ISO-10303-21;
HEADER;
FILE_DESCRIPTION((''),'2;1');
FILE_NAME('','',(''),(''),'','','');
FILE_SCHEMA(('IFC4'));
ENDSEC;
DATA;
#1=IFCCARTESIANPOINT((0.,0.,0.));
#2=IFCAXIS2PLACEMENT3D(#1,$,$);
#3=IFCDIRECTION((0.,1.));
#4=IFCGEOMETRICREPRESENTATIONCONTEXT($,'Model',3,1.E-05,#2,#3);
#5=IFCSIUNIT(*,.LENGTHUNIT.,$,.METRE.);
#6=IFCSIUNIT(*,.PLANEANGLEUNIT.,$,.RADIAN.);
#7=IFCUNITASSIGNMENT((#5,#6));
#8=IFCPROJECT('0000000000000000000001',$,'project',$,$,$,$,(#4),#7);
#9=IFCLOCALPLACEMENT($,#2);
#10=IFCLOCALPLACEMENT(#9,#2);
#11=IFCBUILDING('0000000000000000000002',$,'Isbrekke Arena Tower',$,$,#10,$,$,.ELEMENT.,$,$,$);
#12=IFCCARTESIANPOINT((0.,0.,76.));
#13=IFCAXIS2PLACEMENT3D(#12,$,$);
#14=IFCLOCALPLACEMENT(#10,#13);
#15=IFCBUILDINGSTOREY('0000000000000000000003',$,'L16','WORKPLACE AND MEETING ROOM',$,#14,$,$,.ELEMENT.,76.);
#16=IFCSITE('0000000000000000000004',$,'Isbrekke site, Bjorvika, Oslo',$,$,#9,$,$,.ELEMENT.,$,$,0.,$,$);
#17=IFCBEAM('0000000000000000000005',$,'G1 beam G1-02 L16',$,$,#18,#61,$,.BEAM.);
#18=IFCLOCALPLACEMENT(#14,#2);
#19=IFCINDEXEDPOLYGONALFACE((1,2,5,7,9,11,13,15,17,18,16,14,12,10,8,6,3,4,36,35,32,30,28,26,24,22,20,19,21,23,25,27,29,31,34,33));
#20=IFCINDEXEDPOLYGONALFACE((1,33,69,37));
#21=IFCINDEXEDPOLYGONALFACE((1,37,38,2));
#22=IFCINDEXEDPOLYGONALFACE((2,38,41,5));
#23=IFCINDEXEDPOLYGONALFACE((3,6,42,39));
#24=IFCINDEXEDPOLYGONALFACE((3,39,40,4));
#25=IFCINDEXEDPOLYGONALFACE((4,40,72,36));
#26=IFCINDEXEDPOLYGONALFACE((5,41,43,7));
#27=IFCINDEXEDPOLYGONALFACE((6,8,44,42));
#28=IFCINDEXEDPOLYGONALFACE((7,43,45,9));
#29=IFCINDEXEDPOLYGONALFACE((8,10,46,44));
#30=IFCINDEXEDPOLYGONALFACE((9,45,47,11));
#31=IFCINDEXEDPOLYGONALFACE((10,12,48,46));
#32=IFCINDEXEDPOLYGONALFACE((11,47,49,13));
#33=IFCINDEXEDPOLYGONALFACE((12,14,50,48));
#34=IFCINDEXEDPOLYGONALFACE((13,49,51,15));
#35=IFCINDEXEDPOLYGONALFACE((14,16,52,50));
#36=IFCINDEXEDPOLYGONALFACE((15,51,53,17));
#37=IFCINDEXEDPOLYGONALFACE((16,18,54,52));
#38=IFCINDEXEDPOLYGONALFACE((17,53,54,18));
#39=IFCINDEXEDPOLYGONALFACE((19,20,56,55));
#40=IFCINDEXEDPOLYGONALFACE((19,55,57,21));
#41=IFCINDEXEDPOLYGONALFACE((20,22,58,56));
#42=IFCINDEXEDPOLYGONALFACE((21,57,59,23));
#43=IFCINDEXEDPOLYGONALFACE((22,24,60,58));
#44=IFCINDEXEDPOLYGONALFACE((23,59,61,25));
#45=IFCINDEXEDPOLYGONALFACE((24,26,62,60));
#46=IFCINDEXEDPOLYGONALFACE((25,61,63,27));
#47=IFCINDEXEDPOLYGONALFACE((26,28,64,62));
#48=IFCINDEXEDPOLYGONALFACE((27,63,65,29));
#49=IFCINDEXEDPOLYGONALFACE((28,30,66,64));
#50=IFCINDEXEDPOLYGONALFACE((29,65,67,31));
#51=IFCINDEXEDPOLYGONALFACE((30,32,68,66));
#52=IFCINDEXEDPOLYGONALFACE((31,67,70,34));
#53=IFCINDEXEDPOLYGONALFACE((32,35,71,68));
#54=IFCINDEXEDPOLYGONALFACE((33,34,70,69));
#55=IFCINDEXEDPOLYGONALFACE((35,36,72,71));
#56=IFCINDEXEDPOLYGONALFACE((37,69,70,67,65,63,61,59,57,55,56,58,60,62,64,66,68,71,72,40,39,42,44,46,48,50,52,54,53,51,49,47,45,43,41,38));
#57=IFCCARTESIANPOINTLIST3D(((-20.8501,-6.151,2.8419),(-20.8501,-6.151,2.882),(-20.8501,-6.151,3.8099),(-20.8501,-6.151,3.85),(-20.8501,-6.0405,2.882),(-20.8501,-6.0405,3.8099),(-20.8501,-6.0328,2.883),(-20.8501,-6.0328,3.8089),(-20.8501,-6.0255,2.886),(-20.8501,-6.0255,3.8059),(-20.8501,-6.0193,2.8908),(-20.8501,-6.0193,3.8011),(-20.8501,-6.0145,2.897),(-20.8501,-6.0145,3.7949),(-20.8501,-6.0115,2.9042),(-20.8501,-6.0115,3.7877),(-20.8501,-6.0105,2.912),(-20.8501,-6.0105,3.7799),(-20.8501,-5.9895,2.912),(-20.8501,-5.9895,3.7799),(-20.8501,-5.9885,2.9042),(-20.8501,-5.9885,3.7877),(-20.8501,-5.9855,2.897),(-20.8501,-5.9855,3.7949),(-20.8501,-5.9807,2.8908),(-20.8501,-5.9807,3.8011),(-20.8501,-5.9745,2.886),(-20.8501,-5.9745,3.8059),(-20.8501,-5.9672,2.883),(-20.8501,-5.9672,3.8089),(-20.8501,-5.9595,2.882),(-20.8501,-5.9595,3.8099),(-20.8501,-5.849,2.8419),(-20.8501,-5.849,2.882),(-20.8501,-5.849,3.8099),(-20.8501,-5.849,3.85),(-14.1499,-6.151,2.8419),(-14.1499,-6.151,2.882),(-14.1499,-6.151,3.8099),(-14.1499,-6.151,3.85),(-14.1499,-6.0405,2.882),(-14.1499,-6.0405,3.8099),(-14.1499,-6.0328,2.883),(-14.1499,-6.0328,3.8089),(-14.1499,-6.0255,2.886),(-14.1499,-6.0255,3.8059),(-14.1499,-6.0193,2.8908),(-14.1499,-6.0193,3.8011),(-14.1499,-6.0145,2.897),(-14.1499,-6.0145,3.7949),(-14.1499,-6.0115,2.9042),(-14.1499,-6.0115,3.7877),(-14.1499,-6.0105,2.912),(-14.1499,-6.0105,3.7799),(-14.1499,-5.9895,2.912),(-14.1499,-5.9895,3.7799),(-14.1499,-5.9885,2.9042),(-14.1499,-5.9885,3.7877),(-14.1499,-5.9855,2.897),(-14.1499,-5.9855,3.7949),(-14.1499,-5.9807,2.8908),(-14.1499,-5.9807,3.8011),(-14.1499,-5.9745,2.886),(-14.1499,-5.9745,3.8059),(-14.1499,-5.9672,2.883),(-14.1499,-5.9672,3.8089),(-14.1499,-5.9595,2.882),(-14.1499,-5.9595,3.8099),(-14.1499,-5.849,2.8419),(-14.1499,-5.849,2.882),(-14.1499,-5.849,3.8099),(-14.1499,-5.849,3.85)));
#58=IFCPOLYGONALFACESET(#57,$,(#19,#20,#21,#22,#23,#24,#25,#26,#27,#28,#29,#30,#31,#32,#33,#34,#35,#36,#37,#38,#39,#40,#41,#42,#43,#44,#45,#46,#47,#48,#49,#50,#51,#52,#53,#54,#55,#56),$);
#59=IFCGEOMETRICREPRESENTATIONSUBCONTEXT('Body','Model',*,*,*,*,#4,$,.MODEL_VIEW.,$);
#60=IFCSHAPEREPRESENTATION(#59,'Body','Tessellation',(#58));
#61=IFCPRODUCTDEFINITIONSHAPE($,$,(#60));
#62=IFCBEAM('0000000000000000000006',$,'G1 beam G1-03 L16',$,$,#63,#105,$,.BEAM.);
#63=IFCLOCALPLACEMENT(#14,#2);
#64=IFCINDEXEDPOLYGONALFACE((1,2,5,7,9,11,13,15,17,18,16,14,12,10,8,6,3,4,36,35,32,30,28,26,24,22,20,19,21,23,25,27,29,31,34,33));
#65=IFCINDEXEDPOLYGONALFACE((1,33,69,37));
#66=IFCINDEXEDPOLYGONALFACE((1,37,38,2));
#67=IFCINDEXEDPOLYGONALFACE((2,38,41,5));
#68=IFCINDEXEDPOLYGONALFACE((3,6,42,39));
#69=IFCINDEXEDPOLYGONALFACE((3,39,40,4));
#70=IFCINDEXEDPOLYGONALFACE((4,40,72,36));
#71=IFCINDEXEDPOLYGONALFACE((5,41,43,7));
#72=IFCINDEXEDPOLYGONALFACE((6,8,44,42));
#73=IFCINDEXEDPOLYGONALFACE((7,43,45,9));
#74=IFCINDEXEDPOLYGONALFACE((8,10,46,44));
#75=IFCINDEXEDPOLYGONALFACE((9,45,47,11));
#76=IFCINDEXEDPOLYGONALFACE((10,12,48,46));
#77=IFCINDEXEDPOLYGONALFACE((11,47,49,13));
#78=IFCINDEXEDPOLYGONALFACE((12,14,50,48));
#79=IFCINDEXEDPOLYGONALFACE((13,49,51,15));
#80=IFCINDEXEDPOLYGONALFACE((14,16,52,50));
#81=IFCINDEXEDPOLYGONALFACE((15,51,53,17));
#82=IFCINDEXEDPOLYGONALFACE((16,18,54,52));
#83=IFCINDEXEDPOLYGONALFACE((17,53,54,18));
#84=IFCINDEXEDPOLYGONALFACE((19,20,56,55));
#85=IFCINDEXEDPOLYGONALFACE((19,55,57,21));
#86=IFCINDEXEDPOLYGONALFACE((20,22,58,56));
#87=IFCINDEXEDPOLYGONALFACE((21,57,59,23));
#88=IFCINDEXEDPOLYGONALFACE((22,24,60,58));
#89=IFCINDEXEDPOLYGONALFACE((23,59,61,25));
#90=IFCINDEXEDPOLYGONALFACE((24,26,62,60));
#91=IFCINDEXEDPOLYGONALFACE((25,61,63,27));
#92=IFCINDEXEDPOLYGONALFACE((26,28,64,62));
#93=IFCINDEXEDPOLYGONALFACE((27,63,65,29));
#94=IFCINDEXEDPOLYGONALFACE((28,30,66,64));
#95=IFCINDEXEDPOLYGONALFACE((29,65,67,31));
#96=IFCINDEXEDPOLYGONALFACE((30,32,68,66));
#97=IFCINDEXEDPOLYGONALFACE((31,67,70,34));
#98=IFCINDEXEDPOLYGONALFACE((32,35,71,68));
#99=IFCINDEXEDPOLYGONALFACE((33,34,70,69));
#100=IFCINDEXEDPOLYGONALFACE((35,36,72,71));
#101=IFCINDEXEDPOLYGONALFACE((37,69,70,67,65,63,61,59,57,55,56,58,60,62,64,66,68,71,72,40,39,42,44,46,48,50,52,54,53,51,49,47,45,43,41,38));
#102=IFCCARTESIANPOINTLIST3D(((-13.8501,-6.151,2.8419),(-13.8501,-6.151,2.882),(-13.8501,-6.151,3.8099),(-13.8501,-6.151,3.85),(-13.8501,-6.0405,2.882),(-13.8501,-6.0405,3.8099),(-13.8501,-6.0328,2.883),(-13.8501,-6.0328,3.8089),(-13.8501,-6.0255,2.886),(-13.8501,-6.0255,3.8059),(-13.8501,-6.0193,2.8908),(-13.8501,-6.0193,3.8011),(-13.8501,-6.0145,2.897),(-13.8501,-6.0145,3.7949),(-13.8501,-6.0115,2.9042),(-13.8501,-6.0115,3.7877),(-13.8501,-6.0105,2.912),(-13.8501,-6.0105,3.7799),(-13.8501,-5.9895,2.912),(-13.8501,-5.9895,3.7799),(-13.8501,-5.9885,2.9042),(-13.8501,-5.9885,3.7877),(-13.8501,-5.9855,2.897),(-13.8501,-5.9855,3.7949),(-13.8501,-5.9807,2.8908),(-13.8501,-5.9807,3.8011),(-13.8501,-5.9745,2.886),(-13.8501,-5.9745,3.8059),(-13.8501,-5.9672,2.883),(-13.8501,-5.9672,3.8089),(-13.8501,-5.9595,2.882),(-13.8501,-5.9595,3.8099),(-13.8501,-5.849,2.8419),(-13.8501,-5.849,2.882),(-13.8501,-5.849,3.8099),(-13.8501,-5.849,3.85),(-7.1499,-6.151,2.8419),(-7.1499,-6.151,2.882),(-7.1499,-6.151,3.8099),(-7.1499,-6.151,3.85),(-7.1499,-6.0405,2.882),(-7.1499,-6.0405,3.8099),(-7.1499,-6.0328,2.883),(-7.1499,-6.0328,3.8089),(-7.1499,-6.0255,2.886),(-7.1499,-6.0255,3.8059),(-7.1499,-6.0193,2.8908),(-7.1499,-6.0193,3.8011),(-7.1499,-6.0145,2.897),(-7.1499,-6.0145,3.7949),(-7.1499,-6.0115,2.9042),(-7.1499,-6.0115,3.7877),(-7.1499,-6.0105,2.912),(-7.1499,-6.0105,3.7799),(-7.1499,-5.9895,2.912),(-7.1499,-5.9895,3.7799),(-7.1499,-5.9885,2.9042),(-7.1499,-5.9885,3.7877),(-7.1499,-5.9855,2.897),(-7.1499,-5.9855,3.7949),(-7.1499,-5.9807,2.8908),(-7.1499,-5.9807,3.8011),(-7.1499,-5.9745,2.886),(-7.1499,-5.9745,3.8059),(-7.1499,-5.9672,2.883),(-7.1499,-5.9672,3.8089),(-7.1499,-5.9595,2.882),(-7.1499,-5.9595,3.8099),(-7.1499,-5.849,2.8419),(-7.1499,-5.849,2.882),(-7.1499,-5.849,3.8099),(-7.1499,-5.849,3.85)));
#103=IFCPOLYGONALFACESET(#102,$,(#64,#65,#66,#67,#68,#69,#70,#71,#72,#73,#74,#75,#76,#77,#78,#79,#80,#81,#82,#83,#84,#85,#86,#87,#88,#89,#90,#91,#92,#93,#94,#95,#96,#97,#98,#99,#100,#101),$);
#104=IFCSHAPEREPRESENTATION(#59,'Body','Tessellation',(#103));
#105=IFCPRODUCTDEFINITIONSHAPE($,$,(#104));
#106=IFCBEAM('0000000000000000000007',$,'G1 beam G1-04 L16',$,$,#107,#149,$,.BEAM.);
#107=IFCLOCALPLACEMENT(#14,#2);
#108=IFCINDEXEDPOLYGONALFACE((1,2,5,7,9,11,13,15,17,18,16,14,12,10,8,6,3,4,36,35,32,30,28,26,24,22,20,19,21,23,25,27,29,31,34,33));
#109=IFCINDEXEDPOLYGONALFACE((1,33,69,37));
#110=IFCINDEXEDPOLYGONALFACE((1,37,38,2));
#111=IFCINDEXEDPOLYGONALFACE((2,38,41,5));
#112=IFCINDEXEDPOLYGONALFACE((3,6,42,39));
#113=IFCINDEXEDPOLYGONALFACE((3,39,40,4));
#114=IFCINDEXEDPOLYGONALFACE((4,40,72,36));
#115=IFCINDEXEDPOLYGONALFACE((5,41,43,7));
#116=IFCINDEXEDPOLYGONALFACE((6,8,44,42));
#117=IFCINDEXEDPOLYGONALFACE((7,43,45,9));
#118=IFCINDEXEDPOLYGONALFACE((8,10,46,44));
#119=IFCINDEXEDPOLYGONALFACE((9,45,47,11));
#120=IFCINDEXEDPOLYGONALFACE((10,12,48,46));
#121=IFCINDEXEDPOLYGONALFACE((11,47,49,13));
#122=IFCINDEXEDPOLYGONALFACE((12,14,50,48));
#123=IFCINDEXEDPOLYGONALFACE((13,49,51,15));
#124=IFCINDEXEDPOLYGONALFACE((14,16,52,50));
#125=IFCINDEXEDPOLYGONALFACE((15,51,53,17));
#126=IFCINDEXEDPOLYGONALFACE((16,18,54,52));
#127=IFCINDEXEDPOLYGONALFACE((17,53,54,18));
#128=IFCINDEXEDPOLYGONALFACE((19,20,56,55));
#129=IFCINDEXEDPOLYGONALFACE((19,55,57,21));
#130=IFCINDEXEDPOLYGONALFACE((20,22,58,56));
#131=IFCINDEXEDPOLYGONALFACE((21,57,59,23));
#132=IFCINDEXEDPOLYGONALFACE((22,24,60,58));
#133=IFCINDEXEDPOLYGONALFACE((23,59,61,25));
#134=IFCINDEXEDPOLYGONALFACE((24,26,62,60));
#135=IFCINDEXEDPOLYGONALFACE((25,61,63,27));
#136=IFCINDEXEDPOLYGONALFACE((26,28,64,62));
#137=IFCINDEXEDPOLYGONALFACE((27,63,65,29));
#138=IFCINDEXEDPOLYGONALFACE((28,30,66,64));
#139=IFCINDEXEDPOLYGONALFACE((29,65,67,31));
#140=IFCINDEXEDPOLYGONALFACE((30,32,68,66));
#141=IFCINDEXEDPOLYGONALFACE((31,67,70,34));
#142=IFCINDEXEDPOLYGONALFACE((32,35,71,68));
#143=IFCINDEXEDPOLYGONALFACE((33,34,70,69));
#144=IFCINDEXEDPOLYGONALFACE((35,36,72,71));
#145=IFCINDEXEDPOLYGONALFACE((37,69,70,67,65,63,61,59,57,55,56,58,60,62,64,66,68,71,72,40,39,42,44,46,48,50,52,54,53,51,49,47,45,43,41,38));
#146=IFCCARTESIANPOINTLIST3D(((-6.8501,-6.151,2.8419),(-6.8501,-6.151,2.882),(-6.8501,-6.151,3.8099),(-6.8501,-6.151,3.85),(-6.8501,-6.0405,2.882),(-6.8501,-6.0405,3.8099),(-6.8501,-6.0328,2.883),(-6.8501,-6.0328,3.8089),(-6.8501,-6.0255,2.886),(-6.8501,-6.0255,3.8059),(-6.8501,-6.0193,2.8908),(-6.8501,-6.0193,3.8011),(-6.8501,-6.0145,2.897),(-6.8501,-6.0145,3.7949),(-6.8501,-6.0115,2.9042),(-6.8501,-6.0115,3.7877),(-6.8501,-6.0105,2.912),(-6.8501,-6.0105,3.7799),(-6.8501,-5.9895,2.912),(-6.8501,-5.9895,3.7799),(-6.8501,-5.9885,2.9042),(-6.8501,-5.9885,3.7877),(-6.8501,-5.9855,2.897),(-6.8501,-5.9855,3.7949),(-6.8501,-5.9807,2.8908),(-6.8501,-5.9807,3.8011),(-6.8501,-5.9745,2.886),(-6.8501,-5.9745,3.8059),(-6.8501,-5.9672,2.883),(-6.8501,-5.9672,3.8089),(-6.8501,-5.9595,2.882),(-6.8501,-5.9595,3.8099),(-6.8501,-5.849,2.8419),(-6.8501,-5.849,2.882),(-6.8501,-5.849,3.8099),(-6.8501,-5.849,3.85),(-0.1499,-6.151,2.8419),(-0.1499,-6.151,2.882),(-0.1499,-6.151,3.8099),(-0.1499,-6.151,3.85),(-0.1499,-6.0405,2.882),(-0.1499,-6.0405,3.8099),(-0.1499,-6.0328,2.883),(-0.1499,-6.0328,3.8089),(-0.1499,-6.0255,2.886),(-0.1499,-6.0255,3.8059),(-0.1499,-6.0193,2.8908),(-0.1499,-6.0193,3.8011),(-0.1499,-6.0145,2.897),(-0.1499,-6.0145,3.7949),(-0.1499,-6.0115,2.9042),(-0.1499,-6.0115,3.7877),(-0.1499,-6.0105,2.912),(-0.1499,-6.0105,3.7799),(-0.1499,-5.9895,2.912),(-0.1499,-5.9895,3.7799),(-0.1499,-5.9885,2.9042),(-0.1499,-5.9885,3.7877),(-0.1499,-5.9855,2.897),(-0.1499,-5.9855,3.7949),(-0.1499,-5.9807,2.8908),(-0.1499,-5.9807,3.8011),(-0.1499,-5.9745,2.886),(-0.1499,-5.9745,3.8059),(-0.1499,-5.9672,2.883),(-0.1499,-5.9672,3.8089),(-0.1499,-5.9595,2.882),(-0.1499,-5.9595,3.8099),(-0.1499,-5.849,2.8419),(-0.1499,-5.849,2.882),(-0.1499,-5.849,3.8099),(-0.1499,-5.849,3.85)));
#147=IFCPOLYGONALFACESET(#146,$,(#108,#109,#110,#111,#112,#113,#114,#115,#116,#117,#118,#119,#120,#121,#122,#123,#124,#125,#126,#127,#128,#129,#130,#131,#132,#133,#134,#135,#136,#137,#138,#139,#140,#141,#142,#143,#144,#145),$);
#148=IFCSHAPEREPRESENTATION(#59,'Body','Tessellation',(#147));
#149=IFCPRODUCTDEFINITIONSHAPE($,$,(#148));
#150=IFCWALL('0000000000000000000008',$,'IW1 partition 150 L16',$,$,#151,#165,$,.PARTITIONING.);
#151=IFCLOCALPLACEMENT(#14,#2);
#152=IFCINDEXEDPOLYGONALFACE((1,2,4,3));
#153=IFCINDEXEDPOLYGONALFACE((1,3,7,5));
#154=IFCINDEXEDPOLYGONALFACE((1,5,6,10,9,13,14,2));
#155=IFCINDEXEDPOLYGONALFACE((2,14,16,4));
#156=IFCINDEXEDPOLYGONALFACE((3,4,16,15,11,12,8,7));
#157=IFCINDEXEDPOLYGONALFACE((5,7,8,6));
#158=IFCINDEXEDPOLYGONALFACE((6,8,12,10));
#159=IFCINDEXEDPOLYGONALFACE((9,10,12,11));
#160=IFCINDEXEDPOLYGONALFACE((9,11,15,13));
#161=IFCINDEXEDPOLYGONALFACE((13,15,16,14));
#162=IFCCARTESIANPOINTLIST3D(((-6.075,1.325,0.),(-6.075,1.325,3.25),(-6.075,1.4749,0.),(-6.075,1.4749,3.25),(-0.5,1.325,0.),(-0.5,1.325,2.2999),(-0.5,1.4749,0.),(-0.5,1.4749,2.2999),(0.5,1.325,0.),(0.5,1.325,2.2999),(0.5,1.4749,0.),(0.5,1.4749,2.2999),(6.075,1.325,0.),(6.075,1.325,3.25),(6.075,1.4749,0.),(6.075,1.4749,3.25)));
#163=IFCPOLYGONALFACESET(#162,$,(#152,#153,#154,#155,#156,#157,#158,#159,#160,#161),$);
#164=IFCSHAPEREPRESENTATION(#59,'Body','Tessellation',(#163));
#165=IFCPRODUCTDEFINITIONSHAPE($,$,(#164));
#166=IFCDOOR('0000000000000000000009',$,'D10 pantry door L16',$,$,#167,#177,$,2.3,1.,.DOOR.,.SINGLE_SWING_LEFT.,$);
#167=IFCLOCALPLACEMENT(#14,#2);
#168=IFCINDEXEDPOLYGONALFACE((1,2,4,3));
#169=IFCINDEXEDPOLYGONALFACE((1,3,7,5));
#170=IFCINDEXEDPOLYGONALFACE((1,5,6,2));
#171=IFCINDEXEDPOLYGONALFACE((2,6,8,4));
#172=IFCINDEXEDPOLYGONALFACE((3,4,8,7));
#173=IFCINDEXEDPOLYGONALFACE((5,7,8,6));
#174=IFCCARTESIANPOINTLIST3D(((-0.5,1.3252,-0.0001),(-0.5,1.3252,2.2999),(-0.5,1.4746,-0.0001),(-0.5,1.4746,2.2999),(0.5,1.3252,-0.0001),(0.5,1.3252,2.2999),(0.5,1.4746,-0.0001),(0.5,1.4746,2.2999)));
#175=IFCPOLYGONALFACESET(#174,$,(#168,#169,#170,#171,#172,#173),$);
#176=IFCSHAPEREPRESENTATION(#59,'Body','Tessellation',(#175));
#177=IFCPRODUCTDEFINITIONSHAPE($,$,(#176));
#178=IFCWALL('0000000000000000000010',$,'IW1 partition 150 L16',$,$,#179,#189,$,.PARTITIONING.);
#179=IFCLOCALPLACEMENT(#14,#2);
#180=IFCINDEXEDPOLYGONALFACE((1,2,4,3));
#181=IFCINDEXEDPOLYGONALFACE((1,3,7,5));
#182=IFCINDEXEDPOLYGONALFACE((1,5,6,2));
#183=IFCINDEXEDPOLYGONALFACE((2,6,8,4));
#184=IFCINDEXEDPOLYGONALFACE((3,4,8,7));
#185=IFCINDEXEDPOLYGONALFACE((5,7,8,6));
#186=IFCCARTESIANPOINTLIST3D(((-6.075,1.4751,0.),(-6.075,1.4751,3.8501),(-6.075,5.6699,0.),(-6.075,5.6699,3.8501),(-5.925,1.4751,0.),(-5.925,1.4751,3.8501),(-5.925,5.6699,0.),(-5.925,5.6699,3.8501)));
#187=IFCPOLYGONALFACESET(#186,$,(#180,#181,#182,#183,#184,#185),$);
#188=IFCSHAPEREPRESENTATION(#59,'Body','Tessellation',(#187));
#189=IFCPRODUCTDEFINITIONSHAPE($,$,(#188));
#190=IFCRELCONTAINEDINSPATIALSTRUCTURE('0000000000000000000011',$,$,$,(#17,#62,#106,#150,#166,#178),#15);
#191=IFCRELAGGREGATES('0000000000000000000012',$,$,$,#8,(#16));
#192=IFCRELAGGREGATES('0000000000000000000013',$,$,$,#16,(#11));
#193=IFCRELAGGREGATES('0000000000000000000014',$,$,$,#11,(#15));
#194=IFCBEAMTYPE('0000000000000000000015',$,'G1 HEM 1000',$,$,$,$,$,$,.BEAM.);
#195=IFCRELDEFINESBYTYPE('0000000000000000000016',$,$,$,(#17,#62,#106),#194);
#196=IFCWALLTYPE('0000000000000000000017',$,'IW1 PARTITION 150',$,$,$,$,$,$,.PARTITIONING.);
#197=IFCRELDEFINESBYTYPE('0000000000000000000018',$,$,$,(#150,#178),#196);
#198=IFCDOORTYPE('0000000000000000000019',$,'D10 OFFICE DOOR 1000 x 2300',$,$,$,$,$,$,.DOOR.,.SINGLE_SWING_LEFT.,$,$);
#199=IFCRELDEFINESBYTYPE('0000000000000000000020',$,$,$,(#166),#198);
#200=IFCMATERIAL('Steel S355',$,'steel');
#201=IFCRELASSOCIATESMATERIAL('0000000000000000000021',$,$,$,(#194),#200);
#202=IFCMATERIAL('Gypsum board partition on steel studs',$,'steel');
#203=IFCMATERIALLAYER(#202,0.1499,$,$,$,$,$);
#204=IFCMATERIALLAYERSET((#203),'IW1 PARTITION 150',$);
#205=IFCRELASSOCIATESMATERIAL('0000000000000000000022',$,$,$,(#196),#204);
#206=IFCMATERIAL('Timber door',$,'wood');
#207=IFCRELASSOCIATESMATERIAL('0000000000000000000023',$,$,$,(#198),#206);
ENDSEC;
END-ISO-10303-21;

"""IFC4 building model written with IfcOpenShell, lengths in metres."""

from ifc_helpers import new_model, si_unit, direction, frame, frame_2d, origin, origin_2d, place, context, subcontext, project, spatial, rectangle, i_section, extrude, material, layer, layer_set, material_profile, profile_set, type_object, element, fill, save


model = new_model("IFC4")

# Units and contexts
model_context = context("Model", 3, precision=1e-05, world=origin(), true_north=direction((0.0, 1.0)))
body_context = subcontext(model_context, "Body", "Model", "MODEL_VIEW")
ifc_project = project(units=[si_unit("LENGTHUNIT", "METRE"), si_unit("PLANEANGLEUNIT", "RADIAN")], contexts=[model_context])

# Site, building, storey
site_placement = place(None, origin())
site = spatial("IfcSite", under=ifc_project, at=site_placement, Name="Isbrekke site, Bjorvika, Oslo", CompositionType="ELEMENT", RefElevation=0.0)
building_placement = place(site_placement, origin())
building = spatial("IfcBuilding", under=site, at=building_placement, Name="Isbrekke Arena Tower", CompositionType="ELEMENT")
storey_placement = place(building_placement, frame((0.0, 0.0, 76.0)))
storey = spatial("IfcBuildingStorey", under=building, at=storey_placement, Name="L16", Description="WORKPLACE AND MEETING ROOM", CompositionType="ELEMENT", Elevation=76.0)

# Beams
ifc_material_1 = material(Name="Steel S355", Category="steel")
ifc_material_profile_1 = material_profile(ifc_material_1, i_section(OverallWidth=0.302, OverallDepth=1.0081, WebThickness=0.021, FlangeThickness=0.04, FilletRadius=0.03, at=origin_2d()), Name="HEM 1000")
ifc_profile_set_1 = profile_set([ifc_material_profile_1], Name="Steel S355")
beam_type_1 = type_object("IfcBeamType", Name="G1 HEM 1000", PredefinedType="BEAM", material=ifc_profile_set_1)
for number, where, z_axis, x_axis, name in (
    (1, (-20.8501, -6.0, 3.3459), (1.0, 0.0, 0.0), (0.0, 1.0, 0.0), "G1 beam G1-02 L16"),
    (2, (-13.8501, -6.0, 3.3459), (1.0, 0.0, 0.0), (0.0, 1.0, 0.0), "G1 beam G1-03 L16"),
    (3, (-6.8501, -6.0, 3.3459), (1.0, 0.0, 0.0), (0.0, 1.0, 0.0), "G1 beam G1-04 L16"),
):
    element("IfcBeam", number, at=place(storey_placement, frame(where, z_axis=z_axis, x_axis=x_axis)), inside=storey, type_object=beam_type_1, Name=name, PredefinedType="BEAM", context=body_context, shape_type="SweptSolid", body=[
        extrude(i_section(OverallWidth=0.302, OverallDepth=1.0081, WebThickness=0.021, FlangeThickness=0.04, FilletRadius=0.03, at=origin_2d()), origin(), (0.0, 0.0, 1.0), 6.7002),
    ])

# Wall, opening, door
ifc_material_2 = material(Name="Gypsum board partition on steel studs", Category="steel")
ifc_layer_1 = layer(ifc_material_2, 0.1499)
ifc_layer_set_1 = layer_set([ifc_layer_1], Name="IW1 PARTITION 150")
wall_type_1 = type_object("IfcWallType", Name="IW1 PARTITION 150", PredefinedType="PARTITIONING", material=ifc_layer_set_1)
wall_1_placement = place(storey_placement, frame((-6.075, 1.3999, 0.0), z_axis=(0.0, 0.0, 1.0), x_axis=(1.0, 0.0, 0.0)))
wall_1 = element("IfcWall", 4, at=wall_1_placement, inside=storey, type_object=wall_type_1, Name="IW1 partition 150 L16", PredefinedType="PARTITIONING", context=body_context, shape_type="SweptSolid", body=[
    extrude(rectangle(XDim=12.1499, YDim=0.1499, at=frame_2d((6.075, 0.0))), origin(), (0.0, 0.0, 1.0), 3.25),
])
opening_1_placement = place(wall_1_placement, frame((5.575, 0.0, 0.0)))
opening_1 = element("IfcOpeningElement", 5, at=opening_1_placement, cuts=wall_1, PredefinedType="OPENING", context=body_context, shape_type="SweptSolid", body=[
    extrude(rectangle(XDim=1.0, YDim=2.3, at=frame_2d((0.5, 1.1499))), frame((0.0, 0.0898, 0.0), z_axis=(0.0, -1.0, 0.0), x_axis=(1.0, 0.0, 0.0)), (0.0, 0.0, 1.0), 0.1797),
])
ifc_material_3 = material(Name="Timber door", Category="wood")
door_type_1 = type_object("IfcDoorType", Name="D10 OFFICE DOOR 1000 x 2300", OperationType="SINGLE_SWING_LEFT", PredefinedType="DOOR", material=ifc_material_3)
door_1_placement = place(opening_1_placement, origin())
door_1 = element("IfcDoor", 6, at=door_1_placement, inside=storey, type_object=door_type_1, Name="D10 pantry door L16", OperationType="SINGLE_SWING_LEFT", OverallHeight=2.3, OverallWidth=1.0, PredefinedType="DOOR", context=body_context, shape_type="SweptSolid", body=[
    extrude(rectangle(XDim=1.0, YDim=2.3, at=frame_2d((0.5, 1.1499))), frame((0.0, 0.0747, 0.0), z_axis=(0.0, -1.0, 0.0), x_axis=(1.0, 0.0, 0.0)), (0.0, 0.0, 1.0), 0.1494),
])
fill(opening_1, door_1)

# Wall
wall_2_placement = place(storey_placement, frame((-6.0, 1.4751, 0.0), z_axis=(0.0, 0.0, 1.0), x_axis=(0.0, 1.0, 0.0)))
element("IfcWall", 7, at=wall_2_placement, inside=storey, type_object=wall_type_1, Name="IW1 partition 150 L16", PredefinedType="PARTITIONING", context=body_context, shape_type="SweptSolid", body=[
    extrude(rectangle(XDim=4.1948, YDim=0.1499, at=frame_2d((2.0974, 0.0))), origin(), (0.0, 0.0, 1.0), 3.8501),
])

save(model, "model.ifc")
